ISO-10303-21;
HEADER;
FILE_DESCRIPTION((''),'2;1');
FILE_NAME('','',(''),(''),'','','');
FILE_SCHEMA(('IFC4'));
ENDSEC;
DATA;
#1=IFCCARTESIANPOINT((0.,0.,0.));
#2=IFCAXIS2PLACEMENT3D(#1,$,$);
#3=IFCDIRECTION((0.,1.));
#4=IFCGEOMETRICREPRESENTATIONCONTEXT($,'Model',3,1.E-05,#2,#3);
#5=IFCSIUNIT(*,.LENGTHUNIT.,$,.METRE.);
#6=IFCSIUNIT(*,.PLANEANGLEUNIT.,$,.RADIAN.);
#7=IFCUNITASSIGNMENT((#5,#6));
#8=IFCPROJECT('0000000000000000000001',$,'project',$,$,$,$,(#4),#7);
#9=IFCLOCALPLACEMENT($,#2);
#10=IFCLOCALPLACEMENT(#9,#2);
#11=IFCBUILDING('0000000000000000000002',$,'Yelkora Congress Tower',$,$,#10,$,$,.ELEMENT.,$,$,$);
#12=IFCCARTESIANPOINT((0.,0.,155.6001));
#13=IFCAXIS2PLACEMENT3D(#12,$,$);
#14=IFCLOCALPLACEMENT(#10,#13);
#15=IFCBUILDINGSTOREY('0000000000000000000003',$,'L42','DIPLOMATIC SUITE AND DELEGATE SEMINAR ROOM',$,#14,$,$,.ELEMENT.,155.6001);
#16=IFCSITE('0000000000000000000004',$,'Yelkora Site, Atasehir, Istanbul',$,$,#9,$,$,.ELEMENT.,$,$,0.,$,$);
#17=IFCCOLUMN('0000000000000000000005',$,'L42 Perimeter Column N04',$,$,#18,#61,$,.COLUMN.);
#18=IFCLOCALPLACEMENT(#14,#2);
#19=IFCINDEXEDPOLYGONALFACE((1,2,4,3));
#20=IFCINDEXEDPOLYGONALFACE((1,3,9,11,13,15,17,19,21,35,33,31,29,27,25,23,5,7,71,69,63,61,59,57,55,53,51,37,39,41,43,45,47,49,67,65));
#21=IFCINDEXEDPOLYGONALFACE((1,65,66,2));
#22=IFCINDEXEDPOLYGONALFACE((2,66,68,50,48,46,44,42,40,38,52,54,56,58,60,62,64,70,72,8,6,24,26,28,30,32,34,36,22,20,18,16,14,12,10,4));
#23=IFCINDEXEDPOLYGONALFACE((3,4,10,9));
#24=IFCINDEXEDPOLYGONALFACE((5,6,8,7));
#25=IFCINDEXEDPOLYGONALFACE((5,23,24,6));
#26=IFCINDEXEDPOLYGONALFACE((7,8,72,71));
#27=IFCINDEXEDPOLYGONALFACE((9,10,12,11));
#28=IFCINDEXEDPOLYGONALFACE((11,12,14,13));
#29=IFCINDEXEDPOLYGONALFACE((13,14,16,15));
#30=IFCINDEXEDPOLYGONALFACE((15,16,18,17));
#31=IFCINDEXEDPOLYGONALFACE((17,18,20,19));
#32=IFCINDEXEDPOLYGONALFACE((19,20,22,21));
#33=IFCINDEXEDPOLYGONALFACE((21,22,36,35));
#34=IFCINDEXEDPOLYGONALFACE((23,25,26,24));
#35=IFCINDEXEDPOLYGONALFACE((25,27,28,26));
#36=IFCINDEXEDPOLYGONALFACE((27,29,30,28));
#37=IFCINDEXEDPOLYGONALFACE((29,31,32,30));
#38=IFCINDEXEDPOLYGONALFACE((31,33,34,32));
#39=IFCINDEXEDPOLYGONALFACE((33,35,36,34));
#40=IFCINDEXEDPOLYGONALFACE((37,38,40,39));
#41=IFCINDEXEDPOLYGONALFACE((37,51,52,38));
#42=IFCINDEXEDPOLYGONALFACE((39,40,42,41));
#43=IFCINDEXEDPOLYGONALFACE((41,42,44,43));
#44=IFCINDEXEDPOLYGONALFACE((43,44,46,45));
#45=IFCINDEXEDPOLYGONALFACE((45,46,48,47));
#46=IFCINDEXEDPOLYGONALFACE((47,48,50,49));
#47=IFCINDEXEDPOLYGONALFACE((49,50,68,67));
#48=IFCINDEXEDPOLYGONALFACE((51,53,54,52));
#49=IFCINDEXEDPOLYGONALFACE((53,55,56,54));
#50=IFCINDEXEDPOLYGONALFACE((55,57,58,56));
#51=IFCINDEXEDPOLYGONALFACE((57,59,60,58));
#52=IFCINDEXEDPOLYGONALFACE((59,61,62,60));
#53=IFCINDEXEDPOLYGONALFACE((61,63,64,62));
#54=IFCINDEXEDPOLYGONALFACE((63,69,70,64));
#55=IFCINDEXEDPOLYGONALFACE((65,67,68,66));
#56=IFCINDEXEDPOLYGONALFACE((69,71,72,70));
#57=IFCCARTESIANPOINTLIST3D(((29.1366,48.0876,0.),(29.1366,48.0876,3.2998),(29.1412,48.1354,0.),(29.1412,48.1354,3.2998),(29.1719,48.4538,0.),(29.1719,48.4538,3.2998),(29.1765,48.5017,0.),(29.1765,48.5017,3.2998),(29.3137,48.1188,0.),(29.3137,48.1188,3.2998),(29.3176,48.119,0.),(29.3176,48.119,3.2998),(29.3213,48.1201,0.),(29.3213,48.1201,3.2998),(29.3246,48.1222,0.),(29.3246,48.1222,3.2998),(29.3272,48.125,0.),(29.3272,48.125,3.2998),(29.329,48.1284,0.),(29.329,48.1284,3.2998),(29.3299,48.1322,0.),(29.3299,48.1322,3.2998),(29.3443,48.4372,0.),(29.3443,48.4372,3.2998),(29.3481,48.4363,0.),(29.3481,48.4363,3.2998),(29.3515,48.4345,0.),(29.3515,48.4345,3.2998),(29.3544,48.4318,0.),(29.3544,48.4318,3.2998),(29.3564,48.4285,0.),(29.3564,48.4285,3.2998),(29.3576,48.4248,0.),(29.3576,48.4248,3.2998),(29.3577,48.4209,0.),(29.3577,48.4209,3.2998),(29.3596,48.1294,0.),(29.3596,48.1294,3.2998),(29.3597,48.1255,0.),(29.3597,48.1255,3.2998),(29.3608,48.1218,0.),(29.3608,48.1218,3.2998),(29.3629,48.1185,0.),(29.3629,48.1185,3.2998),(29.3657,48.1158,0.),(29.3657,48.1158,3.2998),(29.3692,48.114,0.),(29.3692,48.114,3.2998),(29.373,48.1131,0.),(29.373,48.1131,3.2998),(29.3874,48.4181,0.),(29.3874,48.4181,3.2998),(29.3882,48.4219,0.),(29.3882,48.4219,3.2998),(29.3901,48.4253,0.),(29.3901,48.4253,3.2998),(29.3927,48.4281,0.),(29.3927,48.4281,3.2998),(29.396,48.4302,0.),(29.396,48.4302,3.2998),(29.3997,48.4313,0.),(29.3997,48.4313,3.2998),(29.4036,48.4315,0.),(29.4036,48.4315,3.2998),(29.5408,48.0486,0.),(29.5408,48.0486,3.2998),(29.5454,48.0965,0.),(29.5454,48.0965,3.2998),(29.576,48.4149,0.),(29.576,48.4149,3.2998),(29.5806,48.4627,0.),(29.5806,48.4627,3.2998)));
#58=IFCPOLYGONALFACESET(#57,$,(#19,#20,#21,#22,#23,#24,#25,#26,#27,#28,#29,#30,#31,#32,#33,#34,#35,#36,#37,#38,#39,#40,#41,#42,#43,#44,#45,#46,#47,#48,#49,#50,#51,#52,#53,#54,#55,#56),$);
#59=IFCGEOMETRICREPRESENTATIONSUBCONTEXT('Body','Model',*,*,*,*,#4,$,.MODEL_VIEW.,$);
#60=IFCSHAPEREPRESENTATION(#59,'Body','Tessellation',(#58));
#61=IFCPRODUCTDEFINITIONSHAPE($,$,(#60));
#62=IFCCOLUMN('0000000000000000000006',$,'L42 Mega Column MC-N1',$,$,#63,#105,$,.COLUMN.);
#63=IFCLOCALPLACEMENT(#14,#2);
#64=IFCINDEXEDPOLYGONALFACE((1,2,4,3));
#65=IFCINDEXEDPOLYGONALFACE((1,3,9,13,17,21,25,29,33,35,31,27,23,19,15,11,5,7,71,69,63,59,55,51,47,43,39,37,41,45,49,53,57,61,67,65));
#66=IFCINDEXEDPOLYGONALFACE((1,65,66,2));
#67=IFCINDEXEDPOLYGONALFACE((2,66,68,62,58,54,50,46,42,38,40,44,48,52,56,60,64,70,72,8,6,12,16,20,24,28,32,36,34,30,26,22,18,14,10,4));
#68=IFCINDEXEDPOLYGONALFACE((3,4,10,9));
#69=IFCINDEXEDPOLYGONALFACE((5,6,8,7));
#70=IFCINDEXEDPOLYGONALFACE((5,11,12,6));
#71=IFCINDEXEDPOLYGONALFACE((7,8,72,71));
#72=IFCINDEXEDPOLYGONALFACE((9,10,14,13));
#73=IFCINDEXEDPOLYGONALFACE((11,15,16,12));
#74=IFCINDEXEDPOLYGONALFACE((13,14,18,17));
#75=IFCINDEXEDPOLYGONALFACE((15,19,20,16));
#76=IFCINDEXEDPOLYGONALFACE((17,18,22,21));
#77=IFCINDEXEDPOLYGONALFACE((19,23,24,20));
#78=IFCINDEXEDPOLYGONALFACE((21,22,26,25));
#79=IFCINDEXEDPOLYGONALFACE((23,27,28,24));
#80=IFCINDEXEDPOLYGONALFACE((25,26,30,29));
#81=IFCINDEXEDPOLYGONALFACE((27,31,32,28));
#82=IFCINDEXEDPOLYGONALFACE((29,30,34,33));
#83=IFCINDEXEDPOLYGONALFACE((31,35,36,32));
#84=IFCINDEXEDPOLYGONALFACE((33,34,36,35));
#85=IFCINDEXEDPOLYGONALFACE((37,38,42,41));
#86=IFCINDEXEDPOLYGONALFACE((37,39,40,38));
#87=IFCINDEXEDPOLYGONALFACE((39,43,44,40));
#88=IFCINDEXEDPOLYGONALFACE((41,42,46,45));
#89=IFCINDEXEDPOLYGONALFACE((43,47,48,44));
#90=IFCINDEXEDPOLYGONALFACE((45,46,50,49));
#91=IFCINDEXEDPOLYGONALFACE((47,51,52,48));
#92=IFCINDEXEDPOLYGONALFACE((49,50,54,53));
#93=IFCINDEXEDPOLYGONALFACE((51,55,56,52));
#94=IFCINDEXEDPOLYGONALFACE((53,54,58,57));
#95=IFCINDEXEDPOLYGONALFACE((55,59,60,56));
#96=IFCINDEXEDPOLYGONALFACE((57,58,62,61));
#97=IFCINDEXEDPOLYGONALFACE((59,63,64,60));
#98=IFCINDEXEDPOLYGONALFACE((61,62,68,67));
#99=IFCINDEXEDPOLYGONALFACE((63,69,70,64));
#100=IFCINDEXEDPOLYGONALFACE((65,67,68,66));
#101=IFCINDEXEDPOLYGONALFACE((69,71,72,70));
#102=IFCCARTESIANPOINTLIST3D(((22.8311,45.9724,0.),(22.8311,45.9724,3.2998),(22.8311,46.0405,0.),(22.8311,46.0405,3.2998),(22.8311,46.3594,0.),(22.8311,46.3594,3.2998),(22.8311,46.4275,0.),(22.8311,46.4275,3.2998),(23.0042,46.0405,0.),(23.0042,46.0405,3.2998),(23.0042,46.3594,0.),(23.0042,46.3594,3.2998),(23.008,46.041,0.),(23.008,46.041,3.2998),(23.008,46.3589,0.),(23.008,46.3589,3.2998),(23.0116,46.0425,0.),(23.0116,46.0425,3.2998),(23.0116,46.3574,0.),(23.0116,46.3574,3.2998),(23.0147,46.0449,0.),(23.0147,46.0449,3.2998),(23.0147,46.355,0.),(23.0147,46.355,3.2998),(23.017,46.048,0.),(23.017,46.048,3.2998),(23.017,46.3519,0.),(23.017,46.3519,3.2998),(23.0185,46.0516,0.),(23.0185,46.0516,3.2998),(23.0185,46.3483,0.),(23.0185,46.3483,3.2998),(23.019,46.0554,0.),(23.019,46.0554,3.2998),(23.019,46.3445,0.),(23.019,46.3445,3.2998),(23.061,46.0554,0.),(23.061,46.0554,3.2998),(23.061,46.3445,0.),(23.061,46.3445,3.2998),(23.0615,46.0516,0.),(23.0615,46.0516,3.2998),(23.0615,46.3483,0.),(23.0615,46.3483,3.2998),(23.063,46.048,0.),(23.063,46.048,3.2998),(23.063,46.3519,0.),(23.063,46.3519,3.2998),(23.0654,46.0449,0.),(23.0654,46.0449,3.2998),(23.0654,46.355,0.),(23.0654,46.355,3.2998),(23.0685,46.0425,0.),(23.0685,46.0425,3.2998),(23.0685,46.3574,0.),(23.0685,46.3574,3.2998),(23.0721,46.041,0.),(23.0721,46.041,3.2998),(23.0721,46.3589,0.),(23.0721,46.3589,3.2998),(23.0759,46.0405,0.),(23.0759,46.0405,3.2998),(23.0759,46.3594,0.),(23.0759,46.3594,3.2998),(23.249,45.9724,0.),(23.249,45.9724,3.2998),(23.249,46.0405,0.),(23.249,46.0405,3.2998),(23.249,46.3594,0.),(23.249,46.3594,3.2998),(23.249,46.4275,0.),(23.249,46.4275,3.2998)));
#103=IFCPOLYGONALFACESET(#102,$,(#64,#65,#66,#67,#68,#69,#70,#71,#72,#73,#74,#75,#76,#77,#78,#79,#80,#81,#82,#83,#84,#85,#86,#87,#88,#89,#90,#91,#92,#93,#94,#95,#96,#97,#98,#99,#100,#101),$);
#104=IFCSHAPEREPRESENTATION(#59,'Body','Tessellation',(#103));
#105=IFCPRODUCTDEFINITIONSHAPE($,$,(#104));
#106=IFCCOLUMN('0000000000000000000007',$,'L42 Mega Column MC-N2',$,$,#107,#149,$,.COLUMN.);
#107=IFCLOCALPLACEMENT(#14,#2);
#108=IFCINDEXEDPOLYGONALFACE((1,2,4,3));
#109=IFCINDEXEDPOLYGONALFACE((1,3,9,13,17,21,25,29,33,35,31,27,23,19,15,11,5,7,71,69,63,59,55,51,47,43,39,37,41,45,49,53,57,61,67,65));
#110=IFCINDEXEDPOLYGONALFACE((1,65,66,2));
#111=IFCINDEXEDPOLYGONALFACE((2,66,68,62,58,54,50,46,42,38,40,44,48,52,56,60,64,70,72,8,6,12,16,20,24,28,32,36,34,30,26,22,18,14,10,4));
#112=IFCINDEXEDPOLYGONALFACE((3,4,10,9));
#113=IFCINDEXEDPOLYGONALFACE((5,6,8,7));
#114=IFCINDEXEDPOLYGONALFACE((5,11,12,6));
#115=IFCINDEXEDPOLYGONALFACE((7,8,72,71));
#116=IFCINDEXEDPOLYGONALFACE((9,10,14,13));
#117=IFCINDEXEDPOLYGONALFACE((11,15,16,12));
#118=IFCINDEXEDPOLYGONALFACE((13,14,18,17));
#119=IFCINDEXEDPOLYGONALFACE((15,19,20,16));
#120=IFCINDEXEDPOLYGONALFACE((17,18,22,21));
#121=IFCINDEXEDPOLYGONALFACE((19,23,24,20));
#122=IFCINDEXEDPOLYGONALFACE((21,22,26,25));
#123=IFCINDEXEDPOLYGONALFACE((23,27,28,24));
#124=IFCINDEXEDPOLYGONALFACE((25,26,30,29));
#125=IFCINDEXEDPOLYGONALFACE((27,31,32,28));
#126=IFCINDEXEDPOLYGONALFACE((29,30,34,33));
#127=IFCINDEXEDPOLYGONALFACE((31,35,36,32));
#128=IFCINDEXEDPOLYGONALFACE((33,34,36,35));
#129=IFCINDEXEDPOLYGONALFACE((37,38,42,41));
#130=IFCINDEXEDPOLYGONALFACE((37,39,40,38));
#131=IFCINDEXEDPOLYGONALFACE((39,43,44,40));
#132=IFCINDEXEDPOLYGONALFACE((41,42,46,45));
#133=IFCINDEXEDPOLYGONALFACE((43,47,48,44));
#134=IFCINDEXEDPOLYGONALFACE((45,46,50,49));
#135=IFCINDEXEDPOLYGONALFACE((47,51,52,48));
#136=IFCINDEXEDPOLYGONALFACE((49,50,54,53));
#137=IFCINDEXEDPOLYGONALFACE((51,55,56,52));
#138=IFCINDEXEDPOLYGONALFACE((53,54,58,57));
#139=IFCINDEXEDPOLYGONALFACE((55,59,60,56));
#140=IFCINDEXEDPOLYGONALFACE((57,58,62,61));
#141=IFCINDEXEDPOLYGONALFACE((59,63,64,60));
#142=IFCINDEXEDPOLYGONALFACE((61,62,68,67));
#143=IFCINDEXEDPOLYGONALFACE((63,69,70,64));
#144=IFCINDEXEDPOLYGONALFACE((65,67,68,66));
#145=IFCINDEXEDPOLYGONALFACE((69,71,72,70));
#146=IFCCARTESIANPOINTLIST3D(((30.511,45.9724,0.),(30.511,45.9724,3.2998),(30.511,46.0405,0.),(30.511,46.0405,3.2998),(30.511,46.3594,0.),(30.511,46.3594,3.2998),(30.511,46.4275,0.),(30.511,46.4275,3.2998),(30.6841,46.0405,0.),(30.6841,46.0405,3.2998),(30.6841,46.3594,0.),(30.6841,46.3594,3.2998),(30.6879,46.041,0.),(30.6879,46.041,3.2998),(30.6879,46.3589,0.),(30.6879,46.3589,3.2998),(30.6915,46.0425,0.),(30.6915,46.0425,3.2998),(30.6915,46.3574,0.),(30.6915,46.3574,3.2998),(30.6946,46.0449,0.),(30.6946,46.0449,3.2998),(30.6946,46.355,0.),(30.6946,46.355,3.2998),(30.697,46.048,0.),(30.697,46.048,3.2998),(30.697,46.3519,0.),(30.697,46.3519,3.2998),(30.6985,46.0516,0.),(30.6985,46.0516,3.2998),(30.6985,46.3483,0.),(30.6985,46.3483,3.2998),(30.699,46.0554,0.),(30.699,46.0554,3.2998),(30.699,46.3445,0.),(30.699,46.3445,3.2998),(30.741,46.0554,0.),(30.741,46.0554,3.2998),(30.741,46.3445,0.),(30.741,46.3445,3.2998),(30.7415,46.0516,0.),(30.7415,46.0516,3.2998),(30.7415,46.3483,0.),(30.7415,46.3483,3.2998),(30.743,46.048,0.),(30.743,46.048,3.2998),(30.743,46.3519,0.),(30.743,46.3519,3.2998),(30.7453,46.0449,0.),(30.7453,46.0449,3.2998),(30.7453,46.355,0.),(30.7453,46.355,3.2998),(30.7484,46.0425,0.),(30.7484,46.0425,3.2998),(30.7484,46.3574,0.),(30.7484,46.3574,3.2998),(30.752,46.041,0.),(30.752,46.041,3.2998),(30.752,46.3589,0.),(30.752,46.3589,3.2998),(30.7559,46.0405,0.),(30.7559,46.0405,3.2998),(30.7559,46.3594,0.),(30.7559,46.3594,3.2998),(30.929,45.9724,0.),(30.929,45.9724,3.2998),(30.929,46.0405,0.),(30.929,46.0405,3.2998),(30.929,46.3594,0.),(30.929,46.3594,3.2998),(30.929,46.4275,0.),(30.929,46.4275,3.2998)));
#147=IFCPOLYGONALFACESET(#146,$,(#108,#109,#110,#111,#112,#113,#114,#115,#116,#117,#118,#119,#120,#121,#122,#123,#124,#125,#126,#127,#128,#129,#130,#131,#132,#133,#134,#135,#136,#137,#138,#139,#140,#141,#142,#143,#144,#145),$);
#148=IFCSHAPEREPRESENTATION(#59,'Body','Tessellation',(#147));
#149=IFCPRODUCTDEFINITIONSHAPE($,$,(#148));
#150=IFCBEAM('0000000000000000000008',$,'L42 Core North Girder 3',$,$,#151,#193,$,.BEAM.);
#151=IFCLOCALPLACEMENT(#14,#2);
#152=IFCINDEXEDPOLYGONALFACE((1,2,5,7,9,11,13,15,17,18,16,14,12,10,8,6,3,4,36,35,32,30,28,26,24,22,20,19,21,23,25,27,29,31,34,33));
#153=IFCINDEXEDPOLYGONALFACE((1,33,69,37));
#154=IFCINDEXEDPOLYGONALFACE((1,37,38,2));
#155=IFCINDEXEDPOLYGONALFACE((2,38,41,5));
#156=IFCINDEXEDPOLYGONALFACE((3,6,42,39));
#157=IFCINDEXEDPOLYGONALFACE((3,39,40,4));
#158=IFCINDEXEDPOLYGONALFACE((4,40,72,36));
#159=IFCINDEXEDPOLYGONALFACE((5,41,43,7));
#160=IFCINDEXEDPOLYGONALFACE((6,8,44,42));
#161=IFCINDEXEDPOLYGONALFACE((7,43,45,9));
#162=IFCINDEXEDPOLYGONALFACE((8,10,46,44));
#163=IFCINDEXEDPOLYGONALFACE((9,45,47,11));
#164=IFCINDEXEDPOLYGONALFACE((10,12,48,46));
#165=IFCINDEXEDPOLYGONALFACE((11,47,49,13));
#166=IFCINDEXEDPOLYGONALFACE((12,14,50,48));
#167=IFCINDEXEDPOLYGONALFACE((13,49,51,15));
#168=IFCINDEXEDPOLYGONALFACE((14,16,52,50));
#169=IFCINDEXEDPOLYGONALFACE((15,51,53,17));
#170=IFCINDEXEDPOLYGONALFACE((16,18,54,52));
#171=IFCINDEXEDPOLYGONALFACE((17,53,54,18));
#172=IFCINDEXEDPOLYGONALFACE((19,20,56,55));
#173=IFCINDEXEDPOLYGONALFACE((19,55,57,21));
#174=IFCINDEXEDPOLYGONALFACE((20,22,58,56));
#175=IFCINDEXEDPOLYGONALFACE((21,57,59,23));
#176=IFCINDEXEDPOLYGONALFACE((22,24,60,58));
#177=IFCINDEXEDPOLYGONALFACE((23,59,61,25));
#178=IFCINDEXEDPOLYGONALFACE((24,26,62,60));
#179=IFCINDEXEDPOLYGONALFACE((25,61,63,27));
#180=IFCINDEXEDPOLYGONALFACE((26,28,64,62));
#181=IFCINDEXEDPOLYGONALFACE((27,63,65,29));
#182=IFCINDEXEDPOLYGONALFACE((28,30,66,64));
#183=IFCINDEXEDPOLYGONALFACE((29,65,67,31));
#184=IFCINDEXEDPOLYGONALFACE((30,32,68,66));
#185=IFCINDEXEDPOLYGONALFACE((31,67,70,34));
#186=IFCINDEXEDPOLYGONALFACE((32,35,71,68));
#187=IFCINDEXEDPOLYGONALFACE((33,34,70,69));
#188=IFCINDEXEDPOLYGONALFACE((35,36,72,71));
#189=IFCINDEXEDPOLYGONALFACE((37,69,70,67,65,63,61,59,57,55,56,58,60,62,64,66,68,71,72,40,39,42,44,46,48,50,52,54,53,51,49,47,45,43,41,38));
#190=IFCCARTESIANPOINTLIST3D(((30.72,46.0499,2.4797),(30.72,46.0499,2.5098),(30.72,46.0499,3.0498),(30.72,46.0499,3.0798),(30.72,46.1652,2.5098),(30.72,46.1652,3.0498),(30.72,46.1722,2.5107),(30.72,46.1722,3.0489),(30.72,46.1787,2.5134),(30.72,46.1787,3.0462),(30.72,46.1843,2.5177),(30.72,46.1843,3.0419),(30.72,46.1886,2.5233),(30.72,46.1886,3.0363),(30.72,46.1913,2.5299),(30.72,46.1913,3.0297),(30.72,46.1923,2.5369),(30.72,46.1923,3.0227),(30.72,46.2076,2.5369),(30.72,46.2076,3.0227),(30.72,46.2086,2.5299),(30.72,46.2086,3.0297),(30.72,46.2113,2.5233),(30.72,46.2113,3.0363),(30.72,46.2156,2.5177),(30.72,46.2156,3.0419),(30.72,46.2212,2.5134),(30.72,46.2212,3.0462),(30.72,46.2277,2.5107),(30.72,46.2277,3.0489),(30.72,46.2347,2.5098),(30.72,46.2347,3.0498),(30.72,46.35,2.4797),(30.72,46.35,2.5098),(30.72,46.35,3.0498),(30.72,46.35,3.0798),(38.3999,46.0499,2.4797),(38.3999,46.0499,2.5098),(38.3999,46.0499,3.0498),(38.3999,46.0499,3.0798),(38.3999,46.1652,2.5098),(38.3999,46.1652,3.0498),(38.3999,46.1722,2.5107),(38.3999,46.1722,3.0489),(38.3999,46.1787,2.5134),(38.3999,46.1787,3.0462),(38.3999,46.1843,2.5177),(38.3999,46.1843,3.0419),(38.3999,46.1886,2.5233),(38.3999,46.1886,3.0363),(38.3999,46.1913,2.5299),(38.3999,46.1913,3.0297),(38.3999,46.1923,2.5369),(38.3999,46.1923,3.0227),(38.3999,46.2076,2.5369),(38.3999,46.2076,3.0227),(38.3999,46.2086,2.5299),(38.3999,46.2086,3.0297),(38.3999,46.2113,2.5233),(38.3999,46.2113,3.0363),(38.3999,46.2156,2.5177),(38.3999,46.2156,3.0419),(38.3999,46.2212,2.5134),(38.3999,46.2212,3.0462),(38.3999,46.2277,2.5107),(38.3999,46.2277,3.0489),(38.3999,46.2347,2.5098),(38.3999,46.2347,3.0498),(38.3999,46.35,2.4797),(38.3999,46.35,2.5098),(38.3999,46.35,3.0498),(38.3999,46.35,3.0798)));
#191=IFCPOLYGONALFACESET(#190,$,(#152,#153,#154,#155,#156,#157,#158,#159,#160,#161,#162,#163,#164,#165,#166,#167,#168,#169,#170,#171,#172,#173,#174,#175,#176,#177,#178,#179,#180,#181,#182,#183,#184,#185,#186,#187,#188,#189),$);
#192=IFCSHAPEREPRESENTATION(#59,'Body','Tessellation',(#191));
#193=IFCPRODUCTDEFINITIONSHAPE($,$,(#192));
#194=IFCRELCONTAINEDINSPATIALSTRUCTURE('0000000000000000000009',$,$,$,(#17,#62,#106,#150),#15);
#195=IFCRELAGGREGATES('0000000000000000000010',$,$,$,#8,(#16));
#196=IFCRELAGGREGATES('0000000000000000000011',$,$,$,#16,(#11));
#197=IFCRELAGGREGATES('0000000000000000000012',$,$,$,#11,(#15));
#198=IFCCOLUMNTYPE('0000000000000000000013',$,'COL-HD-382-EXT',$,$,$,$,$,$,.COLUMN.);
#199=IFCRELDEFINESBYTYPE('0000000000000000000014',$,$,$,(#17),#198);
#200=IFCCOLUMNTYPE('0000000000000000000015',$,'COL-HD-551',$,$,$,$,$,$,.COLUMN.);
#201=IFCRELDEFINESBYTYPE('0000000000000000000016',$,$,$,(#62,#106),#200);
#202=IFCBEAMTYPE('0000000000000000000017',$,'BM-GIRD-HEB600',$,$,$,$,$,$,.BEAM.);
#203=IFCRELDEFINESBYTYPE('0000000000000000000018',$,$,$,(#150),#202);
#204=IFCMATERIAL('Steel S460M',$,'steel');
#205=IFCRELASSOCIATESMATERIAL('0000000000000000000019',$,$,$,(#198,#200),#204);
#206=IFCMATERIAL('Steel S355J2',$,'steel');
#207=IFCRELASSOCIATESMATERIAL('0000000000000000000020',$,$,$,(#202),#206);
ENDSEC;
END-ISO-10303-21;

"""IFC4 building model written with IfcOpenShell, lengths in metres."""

from ifc_helpers import new_model, si_unit, direction, frame, origin, origin_2d, place, context, subcontext, project, spatial, i_section, extrude, material, material_profile, profile_set, type_object, element, save


model = new_model("IFC4")

# Units and contexts
model_context = context("Model", 3, precision=1e-05, world=origin(), true_north=direction((0.0, 1.0)))
body_context = subcontext(model_context, "Body", "Model", "MODEL_VIEW")
ifc_project = project(units=[si_unit("LENGTHUNIT", "METRE"), si_unit("PLANEANGLEUNIT", "RADIAN")], contexts=[model_context])

# Site, building, storey
site_placement = place(None, origin())
site = spatial("IfcSite", under=ifc_project, at=site_placement, Name="Yelkora Site, Atasehir, Istanbul", CompositionType="ELEMENT", RefElevation=0.0)
building_placement = place(site_placement, origin())
building = spatial("IfcBuilding", under=site, at=building_placement, Name="Yelkora Congress Tower", CompositionType="ELEMENT")
storey_placement = place(building_placement, frame((0.0, 0.0, 155.6001)))
storey = spatial("IfcBuildingStorey", under=building, at=storey_placement, Name="L42", Description="DIPLOMATIC SUITE AND DELEGATE SEMINAR ROOM", CompositionType="ELEMENT", Elevation=155.6001)

# Columns
ifc_material_1 = material(Name="Steel S460M", Category="steel")
ifc_material_profile_1 = material_profile(ifc_material_1, i_section(OverallWidth=0.406, OverallDepth=0.416, WebThickness=0.0298, FlangeThickness=0.0481, FilletRadius=0.0149, at=origin_2d()), Name="HD 400x382")
ifc_profile_set_1 = profile_set([ifc_material_profile_1], Name="Steel S460M")
column_type_1 = type_object("IfcColumnType", Name="COL-HD-382-EXT", PredefinedType="COLUMN", material=ifc_profile_set_1)
column_placement = place(storey_placement, frame((29.3586, 48.2751, 0.0), z_axis=(0.0, 0.0, 1.0), x_axis=(0.995396, -0.095846, 0.0)))
element("IfcColumn", 1, at=column_placement, inside=storey, type_object=column_type_1, Name="L42 Perimeter Column N04", PredefinedType="COLUMN", context=body_context, shape_type="SweptSolid", body=[
    extrude(i_section(OverallWidth=0.406, OverallDepth=0.416, WebThickness=0.0298, FlangeThickness=0.0481, FilletRadius=0.0149, at=origin_2d()), origin(), (0.0, 0.0, 1.0), 3.2998),
])
ifc_material_profile_2 = material_profile(ifc_material_1, i_section(OverallWidth=0.418, OverallDepth=0.4551, WebThickness=0.042, FlangeThickness=0.0681, FilletRadius=0.0149, at=origin_2d()), Name="HD 400x551")
ifc_profile_set_2 = profile_set([ifc_material_profile_2], Name="Steel S460M")
column_type_2 = type_object("IfcColumnType", Name="COL-HD-551", PredefinedType="COLUMN", material=ifc_profile_set_2)
for number, where, z_axis, x_axis, name in (
    (2, (23.04, 46.2, 0.0), (0.0, 0.0, 1.0), (1.0, 0.0, 0.0), "L42 Mega Column MC-N1"),
    (3, (30.72, 46.2, 0.0), (0.0, 0.0, 1.0), (1.0, 0.0, 0.0), "L42 Mega Column MC-N2"),
):
    element("IfcColumn", number, at=place(storey_placement, frame(where, z_axis=z_axis, x_axis=x_axis)), inside=storey, type_object=column_type_2, Name=name, PredefinedType="COLUMN", context=body_context, shape_type="SweptSolid", body=[
        extrude(i_section(OverallWidth=0.418, OverallDepth=0.4551, WebThickness=0.042, FlangeThickness=0.0681, FilletRadius=0.0149, at=origin_2d()), origin(), (0.0, 0.0, 1.0), 3.2998),
    ])

# Beam
ifc_material_2 = material(Name="Steel S355J2", Category="steel")
ifc_material_profile_3 = material_profile(ifc_material_2, i_section(OverallWidth=0.3, OverallDepth=0.6001, WebThickness=0.0154, FlangeThickness=0.03, FilletRadius=0.0271, at=origin_2d()), Name="HEB 600")
ifc_profile_set_3 = profile_set([ifc_material_profile_3], Name="Steel S355J2")
beam_type_1 = type_object("IfcBeamType", Name="BM-GIRD-HEB600", PredefinedType="BEAM", material=ifc_profile_set_3)
beam_1_placement = place(storey_placement, frame((30.72, 46.2, 2.7798), z_axis=(1.0, 0.0, 0.0), x_axis=(0.0, 1.0, 0.0)))
element("IfcBeam", 4, at=beam_1_placement, inside=storey, type_object=beam_type_1, Name="L42 Core North Girder 3", PredefinedType="BEAM", context=body_context, shape_type="SweptSolid", body=[
    extrude(i_section(OverallWidth=0.3, OverallDepth=0.6001, WebThickness=0.0154, FlangeThickness=0.03, FilletRadius=0.0271, at=origin_2d()), origin(), (0.0, 0.0, 1.0), 7.6799),
])

save(model, "model.ifc")
